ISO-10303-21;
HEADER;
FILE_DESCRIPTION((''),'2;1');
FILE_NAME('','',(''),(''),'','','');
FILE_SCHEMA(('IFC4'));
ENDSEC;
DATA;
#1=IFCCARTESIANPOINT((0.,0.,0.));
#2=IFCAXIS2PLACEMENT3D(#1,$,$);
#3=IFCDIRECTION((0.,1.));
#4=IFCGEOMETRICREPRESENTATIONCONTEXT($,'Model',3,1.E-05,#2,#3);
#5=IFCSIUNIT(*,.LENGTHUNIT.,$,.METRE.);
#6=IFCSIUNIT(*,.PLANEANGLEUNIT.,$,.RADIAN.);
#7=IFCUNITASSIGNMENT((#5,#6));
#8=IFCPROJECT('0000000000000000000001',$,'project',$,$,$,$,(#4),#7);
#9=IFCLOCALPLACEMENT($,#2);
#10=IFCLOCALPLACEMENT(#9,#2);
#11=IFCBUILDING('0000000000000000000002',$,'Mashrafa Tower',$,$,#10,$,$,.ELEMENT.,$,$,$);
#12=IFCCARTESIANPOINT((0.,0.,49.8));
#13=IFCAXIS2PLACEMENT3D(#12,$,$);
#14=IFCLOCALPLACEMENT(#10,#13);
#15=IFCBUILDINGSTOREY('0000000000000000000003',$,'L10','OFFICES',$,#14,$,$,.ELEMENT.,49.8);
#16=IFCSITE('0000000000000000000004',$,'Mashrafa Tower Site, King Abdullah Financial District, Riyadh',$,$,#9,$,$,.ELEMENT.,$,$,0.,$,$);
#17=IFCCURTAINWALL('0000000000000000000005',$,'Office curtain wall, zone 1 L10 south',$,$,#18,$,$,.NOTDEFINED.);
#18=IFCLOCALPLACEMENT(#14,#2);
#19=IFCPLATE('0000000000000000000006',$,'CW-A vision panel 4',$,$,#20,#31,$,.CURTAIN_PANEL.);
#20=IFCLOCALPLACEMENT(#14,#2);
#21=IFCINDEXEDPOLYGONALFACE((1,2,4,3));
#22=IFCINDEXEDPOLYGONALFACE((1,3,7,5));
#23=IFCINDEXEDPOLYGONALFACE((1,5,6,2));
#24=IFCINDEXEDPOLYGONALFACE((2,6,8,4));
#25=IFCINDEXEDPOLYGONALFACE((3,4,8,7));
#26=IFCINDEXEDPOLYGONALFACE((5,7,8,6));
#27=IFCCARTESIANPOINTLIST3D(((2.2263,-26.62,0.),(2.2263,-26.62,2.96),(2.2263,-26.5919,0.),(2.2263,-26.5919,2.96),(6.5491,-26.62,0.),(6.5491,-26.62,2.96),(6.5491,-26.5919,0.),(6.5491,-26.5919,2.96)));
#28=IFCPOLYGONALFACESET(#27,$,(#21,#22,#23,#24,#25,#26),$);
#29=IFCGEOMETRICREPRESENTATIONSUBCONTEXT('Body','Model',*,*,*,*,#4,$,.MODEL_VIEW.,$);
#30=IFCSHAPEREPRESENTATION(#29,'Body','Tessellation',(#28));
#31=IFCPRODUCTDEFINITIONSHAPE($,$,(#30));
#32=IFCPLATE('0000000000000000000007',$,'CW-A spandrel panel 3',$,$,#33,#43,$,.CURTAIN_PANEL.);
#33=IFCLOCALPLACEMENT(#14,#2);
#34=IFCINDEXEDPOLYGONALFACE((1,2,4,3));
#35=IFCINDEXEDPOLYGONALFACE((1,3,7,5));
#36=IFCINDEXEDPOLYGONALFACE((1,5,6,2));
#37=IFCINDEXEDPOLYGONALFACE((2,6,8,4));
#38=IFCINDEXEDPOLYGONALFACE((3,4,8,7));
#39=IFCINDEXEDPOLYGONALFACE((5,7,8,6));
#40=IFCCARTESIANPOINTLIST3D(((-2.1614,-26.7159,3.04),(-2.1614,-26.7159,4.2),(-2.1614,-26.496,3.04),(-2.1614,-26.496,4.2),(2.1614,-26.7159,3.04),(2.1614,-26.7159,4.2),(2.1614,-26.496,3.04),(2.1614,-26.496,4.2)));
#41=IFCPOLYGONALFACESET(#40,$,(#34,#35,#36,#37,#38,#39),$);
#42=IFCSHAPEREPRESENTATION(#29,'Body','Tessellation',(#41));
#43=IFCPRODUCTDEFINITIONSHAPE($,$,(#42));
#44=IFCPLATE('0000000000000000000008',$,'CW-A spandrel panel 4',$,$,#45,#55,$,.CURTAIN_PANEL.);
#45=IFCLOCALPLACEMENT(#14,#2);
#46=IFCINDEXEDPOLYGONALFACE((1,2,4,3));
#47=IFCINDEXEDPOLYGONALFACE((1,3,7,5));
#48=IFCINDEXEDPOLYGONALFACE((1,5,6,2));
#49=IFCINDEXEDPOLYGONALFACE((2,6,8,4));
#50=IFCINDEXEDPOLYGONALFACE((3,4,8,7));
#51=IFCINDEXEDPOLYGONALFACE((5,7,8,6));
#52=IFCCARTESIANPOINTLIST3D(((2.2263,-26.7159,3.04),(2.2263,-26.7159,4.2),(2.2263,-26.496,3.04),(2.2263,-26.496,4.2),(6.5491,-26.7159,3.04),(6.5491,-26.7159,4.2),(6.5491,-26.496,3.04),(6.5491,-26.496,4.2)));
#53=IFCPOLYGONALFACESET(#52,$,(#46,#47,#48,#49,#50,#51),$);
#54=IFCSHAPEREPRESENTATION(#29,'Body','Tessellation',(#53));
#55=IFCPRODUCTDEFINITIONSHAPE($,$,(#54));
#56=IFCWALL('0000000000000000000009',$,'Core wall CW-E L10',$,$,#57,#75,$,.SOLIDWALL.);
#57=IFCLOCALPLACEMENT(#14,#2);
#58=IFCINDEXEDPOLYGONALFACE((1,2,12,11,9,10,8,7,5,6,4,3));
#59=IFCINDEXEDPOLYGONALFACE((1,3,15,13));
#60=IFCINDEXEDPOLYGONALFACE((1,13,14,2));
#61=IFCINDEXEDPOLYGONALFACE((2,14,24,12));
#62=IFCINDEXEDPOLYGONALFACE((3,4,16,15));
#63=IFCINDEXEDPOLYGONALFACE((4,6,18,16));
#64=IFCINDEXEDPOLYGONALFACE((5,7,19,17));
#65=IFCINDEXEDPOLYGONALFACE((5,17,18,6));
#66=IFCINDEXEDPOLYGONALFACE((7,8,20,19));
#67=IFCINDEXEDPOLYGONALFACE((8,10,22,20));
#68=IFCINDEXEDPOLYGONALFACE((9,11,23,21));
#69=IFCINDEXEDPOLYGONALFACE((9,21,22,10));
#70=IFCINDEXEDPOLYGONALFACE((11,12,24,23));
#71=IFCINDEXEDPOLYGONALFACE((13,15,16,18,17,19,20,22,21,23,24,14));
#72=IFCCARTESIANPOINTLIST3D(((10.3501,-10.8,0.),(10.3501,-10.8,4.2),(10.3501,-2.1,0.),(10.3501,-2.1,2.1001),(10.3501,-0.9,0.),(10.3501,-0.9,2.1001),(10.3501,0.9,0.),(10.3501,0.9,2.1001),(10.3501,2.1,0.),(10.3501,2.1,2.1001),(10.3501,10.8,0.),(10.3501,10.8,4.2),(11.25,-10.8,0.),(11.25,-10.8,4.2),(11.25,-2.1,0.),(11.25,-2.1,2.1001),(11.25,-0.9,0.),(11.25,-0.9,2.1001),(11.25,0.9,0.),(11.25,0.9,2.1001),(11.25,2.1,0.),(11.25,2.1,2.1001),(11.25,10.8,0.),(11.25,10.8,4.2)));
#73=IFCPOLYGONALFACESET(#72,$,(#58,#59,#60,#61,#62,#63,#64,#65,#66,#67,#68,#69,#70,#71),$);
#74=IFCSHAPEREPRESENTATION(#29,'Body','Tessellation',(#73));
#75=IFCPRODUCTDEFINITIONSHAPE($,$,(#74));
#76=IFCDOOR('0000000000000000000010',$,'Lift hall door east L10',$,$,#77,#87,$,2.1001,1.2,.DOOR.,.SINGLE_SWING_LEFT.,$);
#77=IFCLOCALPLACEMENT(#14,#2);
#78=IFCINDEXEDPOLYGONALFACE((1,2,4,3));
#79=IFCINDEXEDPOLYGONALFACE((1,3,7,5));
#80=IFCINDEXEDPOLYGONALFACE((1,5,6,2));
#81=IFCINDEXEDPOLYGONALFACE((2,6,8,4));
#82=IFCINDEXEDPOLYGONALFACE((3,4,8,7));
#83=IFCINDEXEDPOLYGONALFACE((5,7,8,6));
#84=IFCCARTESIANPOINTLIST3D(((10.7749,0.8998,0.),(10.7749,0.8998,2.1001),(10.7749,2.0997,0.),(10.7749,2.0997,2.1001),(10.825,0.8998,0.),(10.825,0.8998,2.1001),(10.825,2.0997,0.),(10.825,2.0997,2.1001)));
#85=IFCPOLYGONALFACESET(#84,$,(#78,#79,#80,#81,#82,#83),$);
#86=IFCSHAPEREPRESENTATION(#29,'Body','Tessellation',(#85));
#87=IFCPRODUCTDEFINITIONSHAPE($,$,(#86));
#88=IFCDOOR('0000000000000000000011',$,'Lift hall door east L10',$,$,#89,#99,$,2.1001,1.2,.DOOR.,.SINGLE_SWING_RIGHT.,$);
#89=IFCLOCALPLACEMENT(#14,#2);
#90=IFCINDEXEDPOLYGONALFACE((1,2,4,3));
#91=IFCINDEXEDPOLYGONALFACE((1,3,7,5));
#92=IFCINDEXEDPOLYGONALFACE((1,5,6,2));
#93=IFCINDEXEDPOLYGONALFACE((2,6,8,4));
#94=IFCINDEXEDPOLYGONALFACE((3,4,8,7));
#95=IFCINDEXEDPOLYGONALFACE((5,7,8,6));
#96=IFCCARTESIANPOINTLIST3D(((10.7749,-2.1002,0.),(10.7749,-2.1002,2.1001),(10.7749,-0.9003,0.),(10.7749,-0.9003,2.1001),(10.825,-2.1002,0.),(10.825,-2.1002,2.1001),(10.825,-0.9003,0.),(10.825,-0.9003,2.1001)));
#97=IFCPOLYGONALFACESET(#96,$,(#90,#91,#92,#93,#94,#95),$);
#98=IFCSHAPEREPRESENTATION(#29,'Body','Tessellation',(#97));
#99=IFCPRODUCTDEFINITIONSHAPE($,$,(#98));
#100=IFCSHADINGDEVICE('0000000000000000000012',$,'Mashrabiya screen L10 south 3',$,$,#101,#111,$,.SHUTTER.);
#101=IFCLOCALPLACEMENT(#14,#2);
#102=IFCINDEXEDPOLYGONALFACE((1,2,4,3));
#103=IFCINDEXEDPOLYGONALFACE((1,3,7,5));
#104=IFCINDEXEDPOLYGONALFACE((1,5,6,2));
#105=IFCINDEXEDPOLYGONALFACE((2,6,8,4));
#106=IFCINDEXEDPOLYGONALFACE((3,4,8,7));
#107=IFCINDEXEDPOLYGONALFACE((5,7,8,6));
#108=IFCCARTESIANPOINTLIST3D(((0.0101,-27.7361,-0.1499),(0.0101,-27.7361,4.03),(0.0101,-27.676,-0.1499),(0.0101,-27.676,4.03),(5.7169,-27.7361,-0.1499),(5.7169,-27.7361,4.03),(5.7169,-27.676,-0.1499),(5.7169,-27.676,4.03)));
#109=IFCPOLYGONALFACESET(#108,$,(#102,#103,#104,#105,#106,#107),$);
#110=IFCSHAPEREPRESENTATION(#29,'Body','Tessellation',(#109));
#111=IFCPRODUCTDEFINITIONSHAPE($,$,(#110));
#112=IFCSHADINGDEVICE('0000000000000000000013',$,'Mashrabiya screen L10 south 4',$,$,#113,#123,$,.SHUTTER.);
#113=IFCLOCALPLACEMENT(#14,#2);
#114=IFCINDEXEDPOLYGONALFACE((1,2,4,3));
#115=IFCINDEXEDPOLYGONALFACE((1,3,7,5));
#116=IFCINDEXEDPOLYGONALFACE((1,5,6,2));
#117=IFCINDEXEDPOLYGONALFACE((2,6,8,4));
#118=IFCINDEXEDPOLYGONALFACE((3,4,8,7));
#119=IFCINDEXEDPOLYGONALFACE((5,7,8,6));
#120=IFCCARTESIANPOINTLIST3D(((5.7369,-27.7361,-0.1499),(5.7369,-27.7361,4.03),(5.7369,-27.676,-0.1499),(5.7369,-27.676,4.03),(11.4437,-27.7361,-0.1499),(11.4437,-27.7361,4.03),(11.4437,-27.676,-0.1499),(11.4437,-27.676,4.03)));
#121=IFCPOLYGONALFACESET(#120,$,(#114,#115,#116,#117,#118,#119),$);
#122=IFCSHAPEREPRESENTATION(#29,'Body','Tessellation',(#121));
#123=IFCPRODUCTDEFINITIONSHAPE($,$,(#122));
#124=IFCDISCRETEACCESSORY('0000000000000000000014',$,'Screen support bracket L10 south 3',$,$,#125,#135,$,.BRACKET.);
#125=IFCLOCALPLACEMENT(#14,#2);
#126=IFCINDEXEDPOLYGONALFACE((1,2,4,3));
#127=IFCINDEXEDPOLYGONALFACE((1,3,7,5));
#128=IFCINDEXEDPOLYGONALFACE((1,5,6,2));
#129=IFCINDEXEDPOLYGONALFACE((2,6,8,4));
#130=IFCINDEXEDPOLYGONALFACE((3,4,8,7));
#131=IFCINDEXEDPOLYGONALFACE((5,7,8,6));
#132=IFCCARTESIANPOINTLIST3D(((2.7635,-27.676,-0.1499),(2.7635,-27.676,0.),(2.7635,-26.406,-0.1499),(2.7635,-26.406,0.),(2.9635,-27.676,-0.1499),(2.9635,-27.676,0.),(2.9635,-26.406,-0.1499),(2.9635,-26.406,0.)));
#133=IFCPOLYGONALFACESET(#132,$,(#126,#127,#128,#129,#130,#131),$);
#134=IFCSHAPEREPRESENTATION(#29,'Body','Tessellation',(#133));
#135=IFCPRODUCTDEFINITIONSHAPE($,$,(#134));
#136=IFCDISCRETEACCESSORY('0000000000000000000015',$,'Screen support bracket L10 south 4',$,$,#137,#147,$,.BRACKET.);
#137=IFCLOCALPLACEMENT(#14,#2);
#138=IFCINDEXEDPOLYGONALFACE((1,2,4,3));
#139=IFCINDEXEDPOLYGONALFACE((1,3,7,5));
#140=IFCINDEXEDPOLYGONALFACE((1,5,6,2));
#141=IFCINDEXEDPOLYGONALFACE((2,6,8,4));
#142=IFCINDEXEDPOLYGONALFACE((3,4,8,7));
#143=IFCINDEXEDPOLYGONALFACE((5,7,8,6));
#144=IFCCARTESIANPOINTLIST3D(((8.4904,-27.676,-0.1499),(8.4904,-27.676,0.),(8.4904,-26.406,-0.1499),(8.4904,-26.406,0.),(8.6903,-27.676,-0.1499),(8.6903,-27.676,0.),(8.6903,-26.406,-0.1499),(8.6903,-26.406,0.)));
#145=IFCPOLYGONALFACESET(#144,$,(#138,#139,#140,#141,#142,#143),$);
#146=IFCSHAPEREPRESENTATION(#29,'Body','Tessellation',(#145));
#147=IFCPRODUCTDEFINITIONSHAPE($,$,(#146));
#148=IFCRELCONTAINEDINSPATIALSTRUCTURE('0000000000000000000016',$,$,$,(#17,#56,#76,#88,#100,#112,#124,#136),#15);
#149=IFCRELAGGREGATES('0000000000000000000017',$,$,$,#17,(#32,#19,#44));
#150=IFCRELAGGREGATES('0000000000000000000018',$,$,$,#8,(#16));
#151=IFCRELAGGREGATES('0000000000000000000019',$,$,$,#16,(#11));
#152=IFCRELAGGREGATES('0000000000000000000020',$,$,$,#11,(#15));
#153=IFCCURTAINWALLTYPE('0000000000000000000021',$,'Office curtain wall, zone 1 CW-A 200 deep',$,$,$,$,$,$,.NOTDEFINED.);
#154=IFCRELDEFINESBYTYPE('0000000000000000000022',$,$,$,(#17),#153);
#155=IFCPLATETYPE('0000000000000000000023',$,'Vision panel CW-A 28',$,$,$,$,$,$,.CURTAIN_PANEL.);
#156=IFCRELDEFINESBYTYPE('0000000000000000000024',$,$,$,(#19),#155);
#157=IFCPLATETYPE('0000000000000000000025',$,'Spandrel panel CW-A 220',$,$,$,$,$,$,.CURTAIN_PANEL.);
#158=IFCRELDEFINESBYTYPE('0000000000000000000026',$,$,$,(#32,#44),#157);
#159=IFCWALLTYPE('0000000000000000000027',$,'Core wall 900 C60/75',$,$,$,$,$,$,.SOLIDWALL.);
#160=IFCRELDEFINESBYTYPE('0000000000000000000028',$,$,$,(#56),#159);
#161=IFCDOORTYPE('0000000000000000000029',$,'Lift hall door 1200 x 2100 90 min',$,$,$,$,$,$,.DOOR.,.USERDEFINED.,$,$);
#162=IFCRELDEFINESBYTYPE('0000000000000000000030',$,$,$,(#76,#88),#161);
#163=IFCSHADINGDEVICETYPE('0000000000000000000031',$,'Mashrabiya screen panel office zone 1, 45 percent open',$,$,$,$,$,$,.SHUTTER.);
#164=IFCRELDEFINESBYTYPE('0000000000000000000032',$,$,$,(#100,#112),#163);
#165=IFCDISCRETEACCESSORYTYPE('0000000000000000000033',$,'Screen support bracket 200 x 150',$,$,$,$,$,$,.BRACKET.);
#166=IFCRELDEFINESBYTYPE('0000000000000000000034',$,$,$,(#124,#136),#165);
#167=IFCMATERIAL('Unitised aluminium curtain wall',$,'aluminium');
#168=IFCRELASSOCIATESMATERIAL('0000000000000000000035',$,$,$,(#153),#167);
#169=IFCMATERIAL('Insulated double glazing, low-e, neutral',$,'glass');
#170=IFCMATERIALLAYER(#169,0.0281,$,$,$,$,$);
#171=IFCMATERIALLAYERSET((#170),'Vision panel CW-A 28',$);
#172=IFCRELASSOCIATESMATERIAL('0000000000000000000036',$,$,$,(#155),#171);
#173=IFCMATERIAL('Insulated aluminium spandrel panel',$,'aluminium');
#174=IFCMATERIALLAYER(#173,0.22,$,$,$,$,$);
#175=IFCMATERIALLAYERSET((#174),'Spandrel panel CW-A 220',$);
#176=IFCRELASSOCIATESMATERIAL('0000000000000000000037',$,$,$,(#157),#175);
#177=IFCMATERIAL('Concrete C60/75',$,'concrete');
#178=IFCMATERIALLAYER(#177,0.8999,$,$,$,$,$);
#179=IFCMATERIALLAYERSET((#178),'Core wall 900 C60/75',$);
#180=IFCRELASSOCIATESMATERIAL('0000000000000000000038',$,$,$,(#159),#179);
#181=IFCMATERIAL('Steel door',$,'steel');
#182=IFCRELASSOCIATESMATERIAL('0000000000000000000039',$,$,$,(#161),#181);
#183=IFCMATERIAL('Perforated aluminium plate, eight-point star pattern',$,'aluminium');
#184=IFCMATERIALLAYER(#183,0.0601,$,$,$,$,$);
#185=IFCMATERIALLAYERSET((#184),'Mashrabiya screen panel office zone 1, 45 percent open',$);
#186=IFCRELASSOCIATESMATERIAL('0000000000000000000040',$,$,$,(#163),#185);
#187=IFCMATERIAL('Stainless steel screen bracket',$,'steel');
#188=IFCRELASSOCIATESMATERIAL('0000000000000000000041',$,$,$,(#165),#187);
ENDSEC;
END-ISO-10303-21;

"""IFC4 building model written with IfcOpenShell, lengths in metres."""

from ifc_helpers import new_model, si_unit, direction, frame, frame_2d, origin, origin_2d, place, context, subcontext, project, spatial, rectangle, extrude, source, transform, mapped, material, layer, layer_set, type_object, type_shapes, element, fill, aggregate, save


model = new_model("IFC4")

# Units and contexts
model_context = context("Model", 3, precision=1e-05, world=origin(), true_north=direction((0.0, 1.0)))
body_context = subcontext(model_context, "Body", "Model", "MODEL_VIEW")
ifc_project = project(units=[si_unit("LENGTHUNIT", "METRE"), si_unit("PLANEANGLEUNIT", "RADIAN")], contexts=[model_context])

# Site, building, storey
site_placement = place(None, origin())
site = spatial("IfcSite", under=ifc_project, at=site_placement, Name="Mashrafa Tower Site, King Abdullah Financial District, Riyadh", CompositionType="ELEMENT", RefElevation=0.0)
building_placement = place(site_placement, origin())
building = spatial("IfcBuilding", under=site, at=building_placement, Name="Mashrafa Tower", CompositionType="ELEMENT")
storey_placement = place(building_placement, frame((0.0, 0.0, 49.8)))
storey = spatial("IfcBuildingStorey", under=building, at=storey_placement, Name="L10", Description="OFFICES", CompositionType="ELEMENT", Elevation=49.8)

# Curtain wall
ifc_material_1 = material(Name="Unitised aluminium curtain wall", Category="aluminium")
curtain_wall_type = type_object("IfcCurtainWallType", Name="Office curtain wall, zone 1 CW-A 200 deep", PredefinedType="NOTDEFINED", material=ifc_material_1)
curtain_wall_1_placement = place(storey_placement, origin())
curtain_wall_1 = element("IfcCurtainWall", 1, at=curtain_wall_1_placement, inside=storey, type_object=curtain_wall_type, Name="Office curtain wall, zone 1 L10 south", PredefinedType="NOTDEFINED")

# Plates
ifc_material_2 = material(Name="Insulated double glazing, low-e, neutral", Category="glass")
ifc_layer_1 = layer(ifc_material_2, 0.0281)
ifc_layer_set_1 = layer_set([ifc_layer_1], Name="Vision panel CW-A 28")
plate_type_1 = type_object("IfcPlateType", Name="Vision panel CW-A 28", PredefinedType="CURTAIN_PANEL", material=ifc_layer_set_1)
ifc_material_3 = material(Name="Insulated aluminium spandrel panel", Category="aluminium")
ifc_layer_2 = layer(ifc_material_3, 0.22)
ifc_layer_set_2 = layer_set([ifc_layer_2], Name="Spandrel panel CW-A 220")
plate_type_2 = type_object("IfcPlateType", Name="Spandrel panel CW-A 220", PredefinedType="CURTAIN_PANEL", material=ifc_layer_set_2)
shared_shape_1 = source(origin(), body_context, "Body", "SweptSolid", [
    extrude(rectangle(XDim=4.3228, YDim=0.0281, at=origin_2d()), origin(), (0.0, 0.0, 1.0), 2.96),
])
plate_1_placement = place(storey_placement, frame((4.3877, -26.606, 0.0), z_axis=(0.0, 0.0, 1.0), x_axis=(1.0, 0.0, 0.0)))
plate_1 = element("IfcPlate", 2, at=plate_1_placement, type_object=plate_type_1, Name="CW-A vision panel 4", PredefinedType="CURTAIN_PANEL", context=body_context, shape_type="MappedRepresentation", body=[
    mapped(shared_shape_1, transform((0.0, 0.0, 0.0))),
])
shared_shape_2 = source(origin(), body_context, "Body", "SweptSolid", [
    extrude(rectangle(XDim=4.3228, YDim=0.22, at=origin_2d()), origin(), (0.0, 0.0, 1.0), 1.1599),
])
plate_2_placement = place(storey_placement, frame((0.0, -26.606, 3.04), z_axis=(0.0, 0.0, 1.0), x_axis=(1.0, 0.0, 0.0)))
plate_2 = element("IfcPlate", 3, at=plate_2_placement, type_object=plate_type_2, Name="CW-A spandrel panel 3", PredefinedType="CURTAIN_PANEL", context=body_context, shape_type="MappedRepresentation", body=[
    mapped(shared_shape_2, transform((0.0, 0.0, 0.0))),
])
plate_3_placement = place(storey_placement, frame((4.3877, -26.606, 3.04), z_axis=(0.0, 0.0, 1.0), x_axis=(1.0, 0.0, 0.0)))
plate_3 = element("IfcPlate", 4, at=plate_3_placement, type_object=plate_type_2, Name="CW-A spandrel panel 4", PredefinedType="CURTAIN_PANEL", context=body_context, shape_type="MappedRepresentation", body=[
    mapped(shared_shape_2, transform((0.0, 0.0, 0.0))),
])
aggregate(curtain_wall_1, [plate_2, plate_1, plate_3])

# Wall, openings, doors
ifc_material_4 = material(Name="Concrete C60/75", Category="concrete")
ifc_layer_3 = layer(ifc_material_4, 0.8999)
ifc_layer_set_3 = layer_set([ifc_layer_3], Name="Core wall 900 C60/75")
wall_type = type_object("IfcWallType", Name="Core wall 900 C60/75", PredefinedType="SOLIDWALL", material=ifc_layer_set_3)
wall_placement = place(storey_placement, frame((10.8, -10.8, 0.0), z_axis=(0.0, 0.0, 1.0), x_axis=(0.0, 1.0, 0.0)))
wall = element("IfcWall", 5, at=wall_placement, inside=storey, type_object=wall_type, Name="Core wall CW-E L10", PredefinedType="SOLIDWALL", context=body_context, shape_type="SweptSolid", body=[
    extrude(rectangle(XDim=21.6001, YDim=0.8999, at=frame_2d((10.8, 0.0))), origin(), (0.0, 0.0, 1.0), 4.2),
])
opening_1_placement = place(wall_placement, frame((11.7, 0.0, 0.0)))
opening_1 = element("IfcOpeningElement", 6, at=opening_1_placement, cuts=wall, PredefinedType="OPENING", context=body_context, shape_type="SweptSolid", body=[
    extrude(rectangle(XDim=1.2, YDim=2.1001, at=frame_2d((0.6001, 1.05))), frame((0.0, 0.46, 0.0), z_axis=(0.0, -1.0, 0.0), x_axis=(1.0, 0.0, 0.0)), (0.0, 0.0, 1.0), 0.9199),
])
opening_2_placement = place(wall_placement, frame((8.7, 0.0, 0.0)))
opening_2 = element("IfcOpeningElement", 7, at=opening_2_placement, cuts=wall, PredefinedType="OPENING", context=body_context, shape_type="SweptSolid", body=[
    extrude(rectangle(XDim=1.2, YDim=2.1001, at=frame_2d((0.6001, 1.05))), frame((0.0, 0.46, 0.0), z_axis=(0.0, -1.0, 0.0), x_axis=(1.0, 0.0, 0.0)), (0.0, 0.0, 1.0), 0.9199),
])
ifc_material_5 = material(Name="Steel door", Category="steel")
door_type = type_object("IfcDoorType", Name="Lift hall door 1200 x 2100 90 min", OperationType="USERDEFINED", PredefinedType="DOOR", material=ifc_material_5)
door_1_placement = place(opening_1_placement, frame((1.2, 0.0, 0.0), z_axis=(0.0, 0.0, 1.0), x_axis=(-1.0, 0.0, 0.0)))
door_1 = element("IfcDoor", 8, at=door_1_placement, inside=storey, type_object=door_type, Name="Lift hall door east L10", OperationType="SINGLE_SWING_LEFT", OverallHeight=2.1001, OverallWidth=1.2, PredefinedType="DOOR", context=body_context, shape_type="SweptSolid", body=[
    extrude(rectangle(XDim=1.2, YDim=2.1001, at=frame_2d((0.6001, 1.05))), frame((0.0, 0.0249, 0.0), z_axis=(0.0, -1.0, 0.0), x_axis=(1.0, 0.0, 0.0)), (0.0, 0.0, 1.0), 0.05),
])
fill(opening_1, door_1)
door_2_placement = place(opening_2_placement, frame((1.2, 0.0, 0.0), z_axis=(0.0, 0.0, 1.0), x_axis=(-1.0, 0.0, 0.0)))
door_2 = element("IfcDoor", 9, at=door_2_placement, inside=storey, type_object=door_type, Name="Lift hall door east L10", OperationType="SINGLE_SWING_RIGHT", OverallHeight=2.1001, OverallWidth=1.2, PredefinedType="DOOR", context=body_context, shape_type="SweptSolid", body=[
    extrude(rectangle(XDim=1.2, YDim=2.1001, at=frame_2d((0.6001, 1.05))), frame((0.0, 0.0249, 0.0), z_axis=(0.0, -1.0, 0.0), x_axis=(1.0, 0.0, 0.0)), (0.0, 0.0, 1.0), 0.05),
])
fill(opening_2, door_2)

# Shading devices
ifc_material_6 = material(Name="Perforated aluminium plate, eight-point star pattern", Category="aluminium")
ifc_layer_4 = layer(ifc_material_6, 0.0601)
ifc_layer_set_4 = layer_set([ifc_layer_4], Name="Mashrabiya screen panel office zone 1, 45 percent open")
shading_device_type = type_object("IfcShadingDeviceType", Name="Mashrabiya screen panel office zone 1, 45 percent open", PredefinedType="SHUTTER", material=ifc_layer_set_4)
shared_shape_3 = source(origin(), body_context, "Body", "SweptSolid", [
    extrude(rectangle(XDim=5.7068, YDim=0.0601, at=origin_2d()), origin(), (0.0, 0.0, 1.0), 4.1799),
])
type_shapes(shading_device_type, [shared_shape_3])
for number, where, z_axis, x_axis, name in (
    (10, (2.8635, -27.7061, -0.1499), (0.0, 0.0, 1.0), (1.0, 0.0, 0.0), "Mashrabiya screen L10 south 3"),
    (11, (8.5903, -27.7061, -0.1499), (0.0, 0.0, 1.0), (1.0, 0.0, 0.0), "Mashrabiya screen L10 south 4"),
):
    element("IfcShadingDevice", number, at=place(storey_placement, frame(where, z_axis=z_axis, x_axis=x_axis)), inside=storey, type_object=shading_device_type, Name=name, PredefinedType="SHUTTER", context=body_context, shape_type="MappedRepresentation", body=[
        mapped(shared_shape_3, transform((0.0, 0.0, 0.0))),
    ])

# Discrete accessories
ifc_material_7 = material(Name="Stainless steel screen bracket", Category="steel")
discrete_accessory_type = type_object("IfcDiscreteAccessoryType", Name="Screen support bracket 200 x 150", PredefinedType="BRACKET", material=ifc_material_7)
shared_shape_4 = source(origin(), body_context, "Body", "SweptSolid", [
    extrude(rectangle(XDim=0.2, YDim=1.27, at=origin_2d()), origin(), (0.0, 0.0, 1.0), 0.1499),
])
type_shapes(discrete_accessory_type, [shared_shape_4])
for number, where, z_axis, x_axis, name in (
    (12, (2.8635, -27.041, -0.1499), (0.0, 0.0, 1.0), (1.0, 0.0, 0.0), "Screen support bracket L10 south 3"),
    (13, (8.5903, -27.041, -0.1499), (0.0, 0.0, 1.0), (1.0, 0.0, 0.0), "Screen support bracket L10 south 4"),
):
    element("IfcDiscreteAccessory", number, at=place(storey_placement, frame(where, z_axis=z_axis, x_axis=x_axis)), inside=storey, type_object=discrete_accessory_type, Name=name, PredefinedType="BRACKET", context=body_context, shape_type="MappedRepresentation", body=[
        mapped(shared_shape_4, transform((0.0, 0.0, 0.0))),
    ])

save(model, "model.ifc")
